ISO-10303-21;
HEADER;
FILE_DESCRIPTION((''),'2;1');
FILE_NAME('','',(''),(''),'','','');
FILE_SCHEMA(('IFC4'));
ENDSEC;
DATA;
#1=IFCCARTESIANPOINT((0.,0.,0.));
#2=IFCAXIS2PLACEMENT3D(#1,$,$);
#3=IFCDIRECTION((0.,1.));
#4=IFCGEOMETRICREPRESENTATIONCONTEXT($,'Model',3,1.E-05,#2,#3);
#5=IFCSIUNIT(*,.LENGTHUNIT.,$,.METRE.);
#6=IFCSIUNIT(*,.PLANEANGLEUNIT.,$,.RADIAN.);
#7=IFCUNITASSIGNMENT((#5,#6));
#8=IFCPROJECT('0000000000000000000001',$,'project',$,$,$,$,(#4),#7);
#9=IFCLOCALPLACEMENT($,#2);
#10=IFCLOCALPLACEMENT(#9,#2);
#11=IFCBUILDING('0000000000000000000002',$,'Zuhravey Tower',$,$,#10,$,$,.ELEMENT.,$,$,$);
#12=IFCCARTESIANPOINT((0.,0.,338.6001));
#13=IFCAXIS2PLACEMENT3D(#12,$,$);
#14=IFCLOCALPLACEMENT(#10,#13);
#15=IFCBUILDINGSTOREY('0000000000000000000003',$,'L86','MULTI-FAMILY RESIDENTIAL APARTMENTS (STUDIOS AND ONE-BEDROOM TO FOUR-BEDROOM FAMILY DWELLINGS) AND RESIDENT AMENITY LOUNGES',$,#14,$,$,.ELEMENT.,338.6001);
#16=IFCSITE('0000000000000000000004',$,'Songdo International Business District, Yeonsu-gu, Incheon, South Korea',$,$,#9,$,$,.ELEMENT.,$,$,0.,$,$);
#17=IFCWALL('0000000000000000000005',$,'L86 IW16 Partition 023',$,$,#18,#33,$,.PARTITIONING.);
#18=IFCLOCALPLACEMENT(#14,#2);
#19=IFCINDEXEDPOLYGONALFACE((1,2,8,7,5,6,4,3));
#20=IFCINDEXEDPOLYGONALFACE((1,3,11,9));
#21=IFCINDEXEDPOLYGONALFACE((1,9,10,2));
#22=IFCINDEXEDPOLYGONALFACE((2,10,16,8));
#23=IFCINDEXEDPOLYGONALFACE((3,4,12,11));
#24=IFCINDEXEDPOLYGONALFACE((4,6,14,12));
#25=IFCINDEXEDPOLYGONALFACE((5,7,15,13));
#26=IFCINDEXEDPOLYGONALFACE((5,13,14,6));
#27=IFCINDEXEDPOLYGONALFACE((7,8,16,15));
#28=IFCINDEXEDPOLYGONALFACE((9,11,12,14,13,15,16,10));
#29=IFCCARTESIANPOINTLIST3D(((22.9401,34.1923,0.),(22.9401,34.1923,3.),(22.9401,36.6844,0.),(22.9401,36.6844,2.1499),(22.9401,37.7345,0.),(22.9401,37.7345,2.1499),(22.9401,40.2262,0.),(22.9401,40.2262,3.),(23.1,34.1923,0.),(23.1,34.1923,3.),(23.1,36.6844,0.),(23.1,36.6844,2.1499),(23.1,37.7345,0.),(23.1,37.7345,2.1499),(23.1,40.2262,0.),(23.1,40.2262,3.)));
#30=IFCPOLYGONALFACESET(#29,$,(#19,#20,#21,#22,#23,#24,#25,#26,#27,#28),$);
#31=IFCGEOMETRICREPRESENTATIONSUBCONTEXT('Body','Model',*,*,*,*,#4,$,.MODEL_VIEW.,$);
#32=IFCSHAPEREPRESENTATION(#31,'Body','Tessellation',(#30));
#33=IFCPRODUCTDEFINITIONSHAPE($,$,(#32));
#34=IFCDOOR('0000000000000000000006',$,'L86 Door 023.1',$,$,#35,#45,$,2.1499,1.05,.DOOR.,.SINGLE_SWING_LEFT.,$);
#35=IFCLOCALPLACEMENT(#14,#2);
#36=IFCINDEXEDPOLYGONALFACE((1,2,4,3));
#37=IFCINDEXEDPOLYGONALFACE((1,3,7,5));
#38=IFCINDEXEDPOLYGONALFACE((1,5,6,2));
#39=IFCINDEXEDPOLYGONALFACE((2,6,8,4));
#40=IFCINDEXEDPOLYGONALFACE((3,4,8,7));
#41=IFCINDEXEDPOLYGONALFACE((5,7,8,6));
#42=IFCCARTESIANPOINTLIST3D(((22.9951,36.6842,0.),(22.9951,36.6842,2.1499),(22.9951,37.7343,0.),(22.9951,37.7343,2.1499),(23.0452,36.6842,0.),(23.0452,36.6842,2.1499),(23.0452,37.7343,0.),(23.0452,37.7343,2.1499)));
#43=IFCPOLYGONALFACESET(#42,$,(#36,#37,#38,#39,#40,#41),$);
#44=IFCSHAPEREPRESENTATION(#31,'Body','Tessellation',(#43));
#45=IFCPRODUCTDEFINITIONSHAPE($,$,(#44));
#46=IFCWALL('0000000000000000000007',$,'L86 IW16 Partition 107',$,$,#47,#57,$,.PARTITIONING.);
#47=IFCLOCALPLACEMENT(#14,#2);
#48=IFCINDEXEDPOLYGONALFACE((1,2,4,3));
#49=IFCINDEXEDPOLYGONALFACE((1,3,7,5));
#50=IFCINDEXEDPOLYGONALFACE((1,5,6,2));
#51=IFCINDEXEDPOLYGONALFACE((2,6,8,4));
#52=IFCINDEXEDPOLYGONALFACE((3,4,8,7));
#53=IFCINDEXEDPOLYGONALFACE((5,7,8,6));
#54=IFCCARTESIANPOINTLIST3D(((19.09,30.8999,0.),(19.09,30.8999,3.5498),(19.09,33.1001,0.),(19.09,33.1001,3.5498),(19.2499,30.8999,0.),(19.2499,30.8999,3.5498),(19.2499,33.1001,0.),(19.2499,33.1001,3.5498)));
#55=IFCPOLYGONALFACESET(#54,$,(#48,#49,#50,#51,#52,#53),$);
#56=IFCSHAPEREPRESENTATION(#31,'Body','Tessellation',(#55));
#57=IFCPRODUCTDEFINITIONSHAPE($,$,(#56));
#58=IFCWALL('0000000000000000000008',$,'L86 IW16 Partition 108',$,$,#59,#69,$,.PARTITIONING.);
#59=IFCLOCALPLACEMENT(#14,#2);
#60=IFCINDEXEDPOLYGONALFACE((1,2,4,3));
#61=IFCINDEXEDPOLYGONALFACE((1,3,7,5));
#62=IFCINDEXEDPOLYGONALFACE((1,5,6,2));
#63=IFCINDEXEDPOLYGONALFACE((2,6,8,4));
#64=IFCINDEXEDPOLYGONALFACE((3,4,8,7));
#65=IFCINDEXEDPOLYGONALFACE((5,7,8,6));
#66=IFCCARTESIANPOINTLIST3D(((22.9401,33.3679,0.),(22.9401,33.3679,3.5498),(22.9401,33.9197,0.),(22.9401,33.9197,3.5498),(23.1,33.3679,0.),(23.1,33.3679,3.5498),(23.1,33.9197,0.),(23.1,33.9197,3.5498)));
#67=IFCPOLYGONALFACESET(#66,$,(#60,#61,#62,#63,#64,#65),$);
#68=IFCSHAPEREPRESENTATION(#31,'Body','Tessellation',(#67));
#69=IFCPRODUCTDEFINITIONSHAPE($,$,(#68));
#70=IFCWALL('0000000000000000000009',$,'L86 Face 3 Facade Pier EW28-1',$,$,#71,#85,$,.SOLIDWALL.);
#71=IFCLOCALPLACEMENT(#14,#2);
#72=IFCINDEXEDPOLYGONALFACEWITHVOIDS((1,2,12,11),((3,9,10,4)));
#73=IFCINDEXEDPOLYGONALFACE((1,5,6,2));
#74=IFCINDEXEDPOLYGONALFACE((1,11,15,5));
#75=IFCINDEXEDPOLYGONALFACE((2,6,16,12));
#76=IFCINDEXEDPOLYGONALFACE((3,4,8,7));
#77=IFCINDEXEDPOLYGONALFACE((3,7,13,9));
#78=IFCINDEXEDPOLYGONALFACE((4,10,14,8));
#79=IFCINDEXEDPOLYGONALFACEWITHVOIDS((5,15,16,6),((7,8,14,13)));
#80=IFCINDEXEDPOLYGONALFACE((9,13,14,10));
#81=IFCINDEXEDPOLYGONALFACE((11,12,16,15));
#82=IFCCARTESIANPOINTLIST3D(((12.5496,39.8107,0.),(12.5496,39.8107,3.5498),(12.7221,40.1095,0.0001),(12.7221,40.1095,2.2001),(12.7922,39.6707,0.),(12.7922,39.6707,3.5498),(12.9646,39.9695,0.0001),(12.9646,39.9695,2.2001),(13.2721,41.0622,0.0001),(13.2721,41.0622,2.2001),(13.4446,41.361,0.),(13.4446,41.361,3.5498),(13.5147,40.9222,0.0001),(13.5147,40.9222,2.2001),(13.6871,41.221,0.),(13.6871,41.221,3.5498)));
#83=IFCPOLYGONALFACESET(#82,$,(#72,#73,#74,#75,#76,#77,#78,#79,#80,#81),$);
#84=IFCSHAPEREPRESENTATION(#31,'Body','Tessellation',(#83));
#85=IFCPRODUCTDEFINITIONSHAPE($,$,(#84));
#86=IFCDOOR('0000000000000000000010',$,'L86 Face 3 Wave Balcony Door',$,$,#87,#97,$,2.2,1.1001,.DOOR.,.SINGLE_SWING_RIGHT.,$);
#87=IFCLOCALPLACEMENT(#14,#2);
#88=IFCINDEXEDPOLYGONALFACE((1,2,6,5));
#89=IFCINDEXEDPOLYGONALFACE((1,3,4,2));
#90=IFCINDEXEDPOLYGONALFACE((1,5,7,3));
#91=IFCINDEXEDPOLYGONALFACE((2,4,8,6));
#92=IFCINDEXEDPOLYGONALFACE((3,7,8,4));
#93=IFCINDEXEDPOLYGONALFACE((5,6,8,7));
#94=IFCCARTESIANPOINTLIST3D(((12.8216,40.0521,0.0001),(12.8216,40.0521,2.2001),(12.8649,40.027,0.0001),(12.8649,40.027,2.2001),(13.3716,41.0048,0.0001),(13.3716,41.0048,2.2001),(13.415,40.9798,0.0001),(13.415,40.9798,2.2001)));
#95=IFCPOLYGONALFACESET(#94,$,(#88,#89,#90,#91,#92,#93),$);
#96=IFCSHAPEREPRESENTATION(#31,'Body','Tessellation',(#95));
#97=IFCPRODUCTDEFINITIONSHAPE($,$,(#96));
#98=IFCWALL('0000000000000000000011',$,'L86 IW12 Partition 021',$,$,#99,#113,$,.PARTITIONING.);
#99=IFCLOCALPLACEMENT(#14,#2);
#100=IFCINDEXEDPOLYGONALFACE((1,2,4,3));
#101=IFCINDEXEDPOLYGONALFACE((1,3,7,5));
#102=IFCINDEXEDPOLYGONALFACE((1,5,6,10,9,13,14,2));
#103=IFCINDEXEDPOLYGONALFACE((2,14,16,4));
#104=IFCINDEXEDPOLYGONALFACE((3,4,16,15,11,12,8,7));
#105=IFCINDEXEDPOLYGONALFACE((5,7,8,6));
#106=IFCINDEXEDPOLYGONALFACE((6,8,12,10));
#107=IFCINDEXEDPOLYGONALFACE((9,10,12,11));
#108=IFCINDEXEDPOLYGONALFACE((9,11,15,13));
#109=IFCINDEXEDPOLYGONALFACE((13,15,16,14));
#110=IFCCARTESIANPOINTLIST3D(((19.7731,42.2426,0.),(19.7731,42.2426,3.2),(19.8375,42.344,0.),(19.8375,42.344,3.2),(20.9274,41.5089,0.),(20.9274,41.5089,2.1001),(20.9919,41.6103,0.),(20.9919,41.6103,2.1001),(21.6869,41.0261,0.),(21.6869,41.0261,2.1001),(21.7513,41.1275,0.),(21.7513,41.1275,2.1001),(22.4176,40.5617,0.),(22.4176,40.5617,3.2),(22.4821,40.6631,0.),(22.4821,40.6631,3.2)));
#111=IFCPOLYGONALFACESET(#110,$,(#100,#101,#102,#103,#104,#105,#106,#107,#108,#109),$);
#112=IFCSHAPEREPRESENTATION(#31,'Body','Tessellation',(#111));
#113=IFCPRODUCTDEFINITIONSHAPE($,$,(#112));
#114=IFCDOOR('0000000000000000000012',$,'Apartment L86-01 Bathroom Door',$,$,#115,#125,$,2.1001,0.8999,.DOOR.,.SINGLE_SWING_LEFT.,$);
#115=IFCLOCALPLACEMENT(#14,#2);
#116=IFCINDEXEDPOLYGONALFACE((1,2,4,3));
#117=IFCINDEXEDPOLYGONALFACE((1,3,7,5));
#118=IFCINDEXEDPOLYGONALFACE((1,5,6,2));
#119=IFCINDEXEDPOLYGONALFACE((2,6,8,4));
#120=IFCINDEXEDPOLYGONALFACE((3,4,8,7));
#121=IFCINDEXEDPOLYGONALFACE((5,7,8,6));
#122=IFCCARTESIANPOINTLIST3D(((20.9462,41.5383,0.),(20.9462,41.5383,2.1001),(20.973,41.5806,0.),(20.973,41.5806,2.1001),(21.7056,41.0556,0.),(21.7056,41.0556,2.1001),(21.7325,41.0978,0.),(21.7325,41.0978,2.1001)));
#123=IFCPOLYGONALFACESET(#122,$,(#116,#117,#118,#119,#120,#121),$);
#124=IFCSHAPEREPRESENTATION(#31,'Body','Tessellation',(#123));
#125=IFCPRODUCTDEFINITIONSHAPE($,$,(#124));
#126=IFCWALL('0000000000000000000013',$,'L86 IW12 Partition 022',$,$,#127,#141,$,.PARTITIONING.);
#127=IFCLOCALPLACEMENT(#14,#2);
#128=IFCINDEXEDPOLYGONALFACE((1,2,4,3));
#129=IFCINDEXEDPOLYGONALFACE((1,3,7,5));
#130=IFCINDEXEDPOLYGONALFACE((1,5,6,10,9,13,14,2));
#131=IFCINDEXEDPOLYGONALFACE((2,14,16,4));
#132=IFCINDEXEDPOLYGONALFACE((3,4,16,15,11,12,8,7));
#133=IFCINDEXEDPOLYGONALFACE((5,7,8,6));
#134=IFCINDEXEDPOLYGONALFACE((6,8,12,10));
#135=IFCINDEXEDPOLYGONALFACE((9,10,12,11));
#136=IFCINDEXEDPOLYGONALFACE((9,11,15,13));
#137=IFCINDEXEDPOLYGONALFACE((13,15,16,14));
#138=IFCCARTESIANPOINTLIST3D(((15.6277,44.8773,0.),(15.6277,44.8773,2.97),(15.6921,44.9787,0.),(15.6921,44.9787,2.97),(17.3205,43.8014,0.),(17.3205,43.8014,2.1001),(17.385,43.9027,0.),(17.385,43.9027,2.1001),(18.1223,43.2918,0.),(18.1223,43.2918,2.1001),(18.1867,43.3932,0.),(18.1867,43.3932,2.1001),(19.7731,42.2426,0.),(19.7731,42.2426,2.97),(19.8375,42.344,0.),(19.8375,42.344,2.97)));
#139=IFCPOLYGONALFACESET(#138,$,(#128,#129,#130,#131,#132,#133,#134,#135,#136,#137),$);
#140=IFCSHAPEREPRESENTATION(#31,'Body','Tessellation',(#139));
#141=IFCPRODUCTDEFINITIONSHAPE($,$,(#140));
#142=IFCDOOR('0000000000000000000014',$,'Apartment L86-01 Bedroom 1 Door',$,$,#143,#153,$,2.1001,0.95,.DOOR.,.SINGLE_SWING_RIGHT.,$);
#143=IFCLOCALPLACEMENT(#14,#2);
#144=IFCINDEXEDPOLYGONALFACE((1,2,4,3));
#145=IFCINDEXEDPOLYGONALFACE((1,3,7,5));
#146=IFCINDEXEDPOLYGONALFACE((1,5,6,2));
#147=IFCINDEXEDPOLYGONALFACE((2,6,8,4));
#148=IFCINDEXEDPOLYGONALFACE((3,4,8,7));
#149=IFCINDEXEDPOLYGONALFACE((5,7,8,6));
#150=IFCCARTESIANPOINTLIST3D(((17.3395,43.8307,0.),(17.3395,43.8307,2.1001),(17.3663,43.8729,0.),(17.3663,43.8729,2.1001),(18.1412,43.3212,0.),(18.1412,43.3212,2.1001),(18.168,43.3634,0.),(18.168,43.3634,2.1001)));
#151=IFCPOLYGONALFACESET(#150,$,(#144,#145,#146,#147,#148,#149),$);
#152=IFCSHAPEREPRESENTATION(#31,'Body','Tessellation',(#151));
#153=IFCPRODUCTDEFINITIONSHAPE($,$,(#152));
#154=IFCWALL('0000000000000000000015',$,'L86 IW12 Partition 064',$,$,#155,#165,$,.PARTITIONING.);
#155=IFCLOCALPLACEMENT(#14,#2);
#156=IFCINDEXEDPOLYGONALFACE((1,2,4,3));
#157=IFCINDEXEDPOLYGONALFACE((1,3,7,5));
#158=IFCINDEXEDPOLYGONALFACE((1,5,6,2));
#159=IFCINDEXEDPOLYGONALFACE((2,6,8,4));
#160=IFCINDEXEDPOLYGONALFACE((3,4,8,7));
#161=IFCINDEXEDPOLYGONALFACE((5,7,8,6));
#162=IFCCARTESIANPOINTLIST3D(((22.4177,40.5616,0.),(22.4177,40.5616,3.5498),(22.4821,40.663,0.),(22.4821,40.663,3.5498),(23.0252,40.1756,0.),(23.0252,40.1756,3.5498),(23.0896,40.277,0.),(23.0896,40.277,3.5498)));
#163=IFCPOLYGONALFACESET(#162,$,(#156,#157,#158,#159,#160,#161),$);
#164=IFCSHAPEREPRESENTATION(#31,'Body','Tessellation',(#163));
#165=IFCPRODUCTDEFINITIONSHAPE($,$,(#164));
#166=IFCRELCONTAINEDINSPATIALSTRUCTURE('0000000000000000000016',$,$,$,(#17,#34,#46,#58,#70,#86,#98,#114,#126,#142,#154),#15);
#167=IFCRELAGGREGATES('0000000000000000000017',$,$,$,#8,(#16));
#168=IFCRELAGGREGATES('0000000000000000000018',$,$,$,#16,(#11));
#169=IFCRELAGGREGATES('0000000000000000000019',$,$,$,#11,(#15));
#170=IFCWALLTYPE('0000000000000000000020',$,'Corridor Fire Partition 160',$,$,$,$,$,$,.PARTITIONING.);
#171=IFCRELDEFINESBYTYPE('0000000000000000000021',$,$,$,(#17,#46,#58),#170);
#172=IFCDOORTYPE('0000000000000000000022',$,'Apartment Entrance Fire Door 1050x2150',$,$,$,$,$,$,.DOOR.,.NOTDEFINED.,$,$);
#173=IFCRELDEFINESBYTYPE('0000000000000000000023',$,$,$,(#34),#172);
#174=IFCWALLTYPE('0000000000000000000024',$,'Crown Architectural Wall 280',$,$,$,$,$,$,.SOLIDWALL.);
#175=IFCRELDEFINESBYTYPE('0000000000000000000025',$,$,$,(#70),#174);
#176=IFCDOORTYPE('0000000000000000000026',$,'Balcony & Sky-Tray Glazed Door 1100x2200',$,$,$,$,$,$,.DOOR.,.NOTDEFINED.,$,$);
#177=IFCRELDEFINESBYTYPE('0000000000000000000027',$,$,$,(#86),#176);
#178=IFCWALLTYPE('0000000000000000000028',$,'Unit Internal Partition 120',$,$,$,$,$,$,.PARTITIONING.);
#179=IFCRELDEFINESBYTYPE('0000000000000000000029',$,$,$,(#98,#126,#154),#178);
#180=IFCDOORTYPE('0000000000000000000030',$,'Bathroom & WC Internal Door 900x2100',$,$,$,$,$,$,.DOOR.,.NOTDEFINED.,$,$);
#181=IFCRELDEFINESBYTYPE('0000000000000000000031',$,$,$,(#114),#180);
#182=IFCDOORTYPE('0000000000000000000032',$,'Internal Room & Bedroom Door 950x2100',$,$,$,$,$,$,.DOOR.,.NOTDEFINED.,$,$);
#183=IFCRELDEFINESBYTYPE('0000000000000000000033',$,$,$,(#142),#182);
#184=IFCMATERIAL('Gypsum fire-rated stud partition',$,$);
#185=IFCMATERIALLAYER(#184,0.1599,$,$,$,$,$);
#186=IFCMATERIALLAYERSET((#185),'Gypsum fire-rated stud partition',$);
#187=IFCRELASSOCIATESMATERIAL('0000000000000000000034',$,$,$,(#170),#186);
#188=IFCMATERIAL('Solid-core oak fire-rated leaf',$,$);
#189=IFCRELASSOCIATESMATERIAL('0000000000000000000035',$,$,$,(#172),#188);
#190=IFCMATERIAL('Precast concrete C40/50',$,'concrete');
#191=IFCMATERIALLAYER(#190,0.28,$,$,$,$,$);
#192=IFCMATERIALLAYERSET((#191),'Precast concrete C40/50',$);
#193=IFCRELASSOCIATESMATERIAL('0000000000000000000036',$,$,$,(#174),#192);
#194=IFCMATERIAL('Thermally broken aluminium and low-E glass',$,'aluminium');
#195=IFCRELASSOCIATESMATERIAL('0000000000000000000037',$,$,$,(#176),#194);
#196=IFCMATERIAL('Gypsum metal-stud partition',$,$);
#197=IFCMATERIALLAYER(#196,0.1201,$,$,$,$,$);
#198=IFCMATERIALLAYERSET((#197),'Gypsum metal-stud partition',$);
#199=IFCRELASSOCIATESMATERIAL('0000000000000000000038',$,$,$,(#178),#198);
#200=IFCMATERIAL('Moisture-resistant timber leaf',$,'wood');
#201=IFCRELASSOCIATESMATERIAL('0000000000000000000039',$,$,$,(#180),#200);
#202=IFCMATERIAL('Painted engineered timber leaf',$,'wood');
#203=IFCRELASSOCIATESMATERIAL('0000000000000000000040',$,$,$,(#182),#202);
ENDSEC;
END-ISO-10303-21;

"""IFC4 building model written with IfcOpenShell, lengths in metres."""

from ifc_helpers import new_model, si_unit, direction, frame, frame_2d, origin, place, context, subcontext, project, spatial, rectangle, extrude, material, layer, layer_set, type_object, element, fill, save


model = new_model("IFC4")

# Units and contexts
model_context = context("Model", 3, precision=1e-05, world=origin(), true_north=direction((0.0, 1.0)))
body_context = subcontext(model_context, "Body", "Model", "MODEL_VIEW")
ifc_project = project(units=[si_unit("LENGTHUNIT", "METRE"), si_unit("PLANEANGLEUNIT", "RADIAN")], contexts=[model_context])

# Site, building, storey
site_placement = place(None, origin())
site = spatial("IfcSite", under=ifc_project, at=site_placement, Name="Songdo International Business District, Yeonsu-gu, Incheon, South Korea", CompositionType="ELEMENT", RefElevation=0.0)
building_placement = place(site_placement, origin())
building = spatial("IfcBuilding", under=site, at=building_placement, Name="Zuhravey Tower", CompositionType="ELEMENT")
storey_placement = place(building_placement, frame((0.0, 0.0, 338.6001)))
storey = spatial("IfcBuildingStorey", under=building, at=storey_placement, Name="L86", Description="MULTI-FAMILY RESIDENTIAL APARTMENTS (STUDIOS AND ONE-BEDROOM TO FOUR-BEDROOM FAMILY DWELLINGS) AND RESIDENT AMENITY LOUNGES", CompositionType="ELEMENT", Elevation=338.6001)

# Wall, opening, door
ifc_material_1 = material(Name="Gypsum fire-rated stud partition")
ifc_layer_1 = layer(ifc_material_1, 0.1599)
ifc_layer_set_1 = layer_set([ifc_layer_1], Name="Gypsum fire-rated stud partition")
wall_type_1 = type_object("IfcWallType", Name="Corridor Fire Partition 160", PredefinedType="PARTITIONING", material=ifc_layer_set_1)
wall_1_placement = place(storey_placement, frame((23.02, 40.2263, 0.0), z_axis=(0.0, 0.0, 1.0), x_axis=(0.0, -1.0, 0.0)))
wall_1 = element("IfcWall", 1, at=wall_1_placement, inside=storey, type_object=wall_type_1, Name="L86 IW16 Partition 023", PredefinedType="PARTITIONING", context=body_context, shape_type="SweptSolid", body=[
    extrude(rectangle(XDim=6.0339, YDim=0.1599, at=frame_2d((3.0171, 0.0))), origin(), (0.0, 0.0, 1.0), 3.0),
])
opening_1_placement = place(wall_1_placement, frame((2.4919, 0.0, 0.0)))
opening_1 = element("IfcOpeningElement", 2, at=opening_1_placement, cuts=wall_1, PredefinedType="OPENING", context=body_context, shape_type="SweptSolid", body=[
    extrude(rectangle(XDim=1.05, YDim=2.1499, at=frame_2d((0.5249, 1.075))), frame((0.0, 0.092, 0.0), z_axis=(0.0, -1.0, 0.0), x_axis=(1.0, 0.0, 0.0)), (0.0, 0.0, 1.0), 0.1838),
])
ifc_material_2 = material(Name="Solid-core oak fire-rated leaf")
door_type_1 = type_object("IfcDoorType", Name="Apartment Entrance Fire Door 1050x2150", OperationType="NOTDEFINED", PredefinedType="DOOR", material=ifc_material_2)
door_1_placement = place(opening_1_placement, frame((1.05, 0.0, 0.0), z_axis=(0.0, 0.0, 1.0), x_axis=(-1.0, 0.0, 0.0)))
door_1 = element("IfcDoor", 3, at=door_1_placement, inside=storey, type_object=door_type_1, Name="L86 Door 023.1", OperationType="SINGLE_SWING_LEFT", OverallHeight=2.1499, OverallWidth=1.05, PredefinedType="DOOR", context=body_context, shape_type="SweptSolid", body=[
    extrude(rectangle(XDim=1.05, YDim=2.1499, at=frame_2d((0.5249, 1.075))), frame((0.0, 0.0249, 0.0), z_axis=(0.0, -1.0, 0.0), x_axis=(1.0, 0.0, 0.0)), (0.0, 0.0, 1.0), 0.05),
])
fill(opening_1, door_1)

# Walls
wall_2_placement = place(storey_placement, frame((19.1699, 33.1001, 0.0), z_axis=(0.0, 0.0, 1.0), x_axis=(0.0, -1.0, 0.0)))
element("IfcWall", 4, at=wall_2_placement, inside=storey, type_object=wall_type_1, Name="L86 IW16 Partition 107", PredefinedType="PARTITIONING", context=body_context, shape_type="SweptSolid", body=[
    extrude(rectangle(XDim=2.2002, YDim=0.1599, at=frame_2d((1.1001, 0.0))), origin(), (0.0, 0.0, 1.0), 3.5498),
])
wall_3_placement = place(storey_placement, frame((23.02, 33.9197, 0.0), z_axis=(0.0, 0.0, 1.0), x_axis=(0.0, -1.0, 0.0)))
element("IfcWall", 5, at=wall_3_placement, inside=storey, type_object=wall_type_1, Name="L86 IW16 Partition 108", PredefinedType="PARTITIONING", context=body_context, shape_type="SweptSolid", body=[
    extrude(rectangle(XDim=0.5518, YDim=0.1599, at=frame_2d((0.2759, 0.0))), origin(), (0.0, 0.0, 1.0), 3.5498),
])

# Walls, openings, doors
ifc_material_3 = material(Name="Precast concrete C40/50", Category="concrete")
ifc_layer_2 = layer(ifc_material_3, 0.28)
ifc_layer_set_2 = layer_set([ifc_layer_2], Name="Precast concrete C40/50")
wall_type_2 = type_object("IfcWallType", Name="Crown Architectural Wall 280", PredefinedType="SOLIDWALL", material=ifc_layer_set_2)
wall_4_placement = place(storey_placement, frame((12.6709, 39.7407, 0.0), z_axis=(0.0, 0.0, 1.0), x_axis=(0.499982, 0.866036, 0.0)))
wall_4 = element("IfcWall", 6, at=wall_4_placement, inside=storey, type_object=wall_type_2, Name="L86 Face 3 Facade Pier EW28-1", PredefinedType="SOLIDWALL", context=body_context, shape_type="SweptSolid", body=[
    extrude(rectangle(XDim=1.79, YDim=0.28, at=frame_2d((0.895, 0.0))), origin(), (0.0, 0.0, 1.0), 3.5498),
])
opening_2_placement = place(wall_4_placement, frame((0.345, 0.0, 0.0)))
opening_2 = element("IfcOpeningElement", 7, at=opening_2_placement, cuts=wall_4, PredefinedType="OPENING", context=body_context, shape_type="SweptSolid", body=[
    extrude(rectangle(XDim=1.1001, YDim=2.2, at=frame_2d((0.55, 1.1001))), frame((0.0, 0.1521, 0.0), z_axis=(0.0, -1.0, 0.0), x_axis=(1.0, 0.0, 0.0)), (0.0, 0.0, 1.0), 0.304),
])
ifc_material_4 = material(Name="Thermally broken aluminium and low-E glass", Category="aluminium")
door_type_2 = type_object("IfcDoorType", Name="Balcony & Sky-Tray Glazed Door 1100x2200", OperationType="NOTDEFINED", PredefinedType="DOOR", material=ifc_material_4)
door_2_placement = place(opening_2_placement, frame((1.1001, 0.0, 0.0), z_axis=(0.0, 0.0, 1.0), x_axis=(-1.0, 0.0, 0.0)))
door_2 = element("IfcDoor", 8, at=door_2_placement, inside=storey, type_object=door_type_2, Name="L86 Face 3 Wave Balcony Door", OperationType="SINGLE_SWING_RIGHT", OverallHeight=2.2, OverallWidth=1.1001, PredefinedType="DOOR", context=body_context, shape_type="SweptSolid", body=[
    extrude(rectangle(XDim=1.1001, YDim=2.2, at=frame_2d((0.55, 1.1001))), frame((0.0, 0.0249, 0.0), z_axis=(0.0, -1.0, 0.0), x_axis=(1.0, 0.0, 0.0)), (0.0, 0.0, 1.0), 0.05),
])
fill(opening_2, door_2)
ifc_material_5 = material(Name="Gypsum metal-stud partition")
ifc_layer_3 = layer(ifc_material_5, 0.1201)
ifc_layer_set_3 = layer_set([ifc_layer_3], Name="Gypsum metal-stud partition")
wall_type_3 = type_object("IfcWallType", Name="Unit Internal Partition 120", PredefinedType="PARTITIONING", material=ifc_layer_set_3)
wall_5_placement = place(storey_placement, frame((22.45, 40.6123, 0.0), z_axis=(0.0, 0.0, 1.0), x_axis=(-0.843947, 0.536427, 0.0)))
wall_5 = element("IfcWall", 9, at=wall_5_placement, inside=storey, type_object=wall_type_3, Name="L86 IW12 Partition 021", PredefinedType="PARTITIONING", context=body_context, shape_type="SweptSolid", body=[
    extrude(rectangle(XDim=3.1335, YDim=0.1201, at=frame_2d((1.5669, 0.0))), origin(), (0.0, 0.0, 1.0), 3.2),
])
opening_3_placement = place(wall_5_placement, frame((0.866, 0.0, 0.0)))
opening_3 = element("IfcOpeningElement", 10, at=opening_3_placement, cuts=wall_5, PredefinedType="OPENING", context=body_context, shape_type="SweptSolid", body=[
    extrude(rectangle(XDim=0.8999, YDim=2.1001, at=frame_2d((0.45, 1.05))), frame((0.0, 0.072, 0.0), z_axis=(0.0, -1.0, 0.0), x_axis=(1.0, 0.0, 0.0)), (0.0, 0.0, 1.0), 0.144),
])
ifc_material_6 = material(Name="Moisture-resistant timber leaf", Category="wood")
door_type_3 = type_object("IfcDoorType", Name="Bathroom & WC Internal Door 900x2100", OperationType="NOTDEFINED", PredefinedType="DOOR", material=ifc_material_6)
door_3_placement = place(opening_3_placement, frame((0.8999, 0.0, 0.0), z_axis=(0.0, 0.0, 1.0), x_axis=(-1.0, 0.0, 0.0)))
door_3 = element("IfcDoor", 11, at=door_3_placement, inside=storey, type_object=door_type_3, Name="Apartment L86-01 Bathroom Door", OperationType="SINGLE_SWING_LEFT", OverallHeight=2.1001, OverallWidth=0.8999, PredefinedType="DOOR", context=body_context, shape_type="SweptSolid", body=[
    extrude(rectangle(XDim=0.8999, YDim=2.1001, at=frame_2d((0.45, 1.05))), frame((0.0, 0.0249, 0.0), z_axis=(0.0, -1.0, 0.0), x_axis=(1.0, 0.0, 0.0)), (0.0, 0.0, 1.0), 0.05),
])
fill(opening_3, door_3)
wall_6_placement = place(storey_placement, frame((19.8054, 42.2932, 0.0), z_axis=(0.0, 0.0, 1.0), x_axis=(-0.843964, 0.536399, 0.0)))
wall_6 = element("IfcWall", 12, at=wall_6_placement, inside=storey, type_object=wall_type_3, Name="L86 IW12 Partition 022", PredefinedType="PARTITIONING", context=body_context, shape_type="SweptSolid", body=[
    extrude(rectangle(XDim=4.9119, YDim=0.1201, at=frame_2d((2.4561, 0.0))), origin(), (0.0, 0.0, 1.0), 2.97),
])
opening_4_placement = place(wall_6_placement, frame((1.9561, 0.0, 0.0)))
opening_4 = element("IfcOpeningElement", 13, at=opening_4_placement, cuts=wall_6, PredefinedType="OPENING", context=body_context, shape_type="SweptSolid", body=[
    extrude(rectangle(XDim=0.95, YDim=2.1001, at=frame_2d((0.4751, 1.05))), frame((0.0, 0.072, 0.0), z_axis=(0.0, -1.0, 0.0), x_axis=(1.0, 0.0, 0.0)), (0.0, 0.0, 1.0), 0.144),
])
ifc_material_7 = material(Name="Painted engineered timber leaf", Category="wood")
door_type_4 = type_object("IfcDoorType", Name="Internal Room & Bedroom Door 950x2100", OperationType="NOTDEFINED", PredefinedType="DOOR", material=ifc_material_7)
door_4_placement = place(opening_4_placement, frame((0.95, 0.0, 0.0), z_axis=(0.0, 0.0, 1.0), x_axis=(-1.0, 0.0, 0.0)))
door_4 = element("IfcDoor", 14, at=door_4_placement, inside=storey, type_object=door_type_4, Name="Apartment L86-01 Bedroom 1 Door", OperationType="SINGLE_SWING_RIGHT", OverallHeight=2.1001, OverallWidth=0.95, PredefinedType="DOOR", context=body_context, shape_type="SweptSolid", body=[
    extrude(rectangle(XDim=0.95, YDim=2.1001, at=frame_2d((0.4751, 1.05))), frame((0.0, 0.0249, 0.0), z_axis=(0.0, -1.0, 0.0), x_axis=(1.0, 0.0, 0.0)), (0.0, 0.0, 1.0), 0.05),
])
fill(opening_4, door_4)

# Wall
wall_7_placement = place(storey_placement, frame((23.0574, 40.2263, 0.0), z_axis=(0.0, 0.0, 1.0), x_axis=(-0.844011, 0.536327, 0.0)))
element("IfcWall", 15, at=wall_7_placement, inside=storey, type_object=wall_type_3, Name="L86 IW12 Partition 064", PredefinedType="PARTITIONING", context=body_context, shape_type="SweptSolid", body=[
    extrude(rectangle(XDim=0.7197, YDim=0.1201, at=frame_2d((0.3599, 0.0))), origin(), (0.0, 0.0, 1.0), 3.5498),
])

save(model, "model.ifc")
